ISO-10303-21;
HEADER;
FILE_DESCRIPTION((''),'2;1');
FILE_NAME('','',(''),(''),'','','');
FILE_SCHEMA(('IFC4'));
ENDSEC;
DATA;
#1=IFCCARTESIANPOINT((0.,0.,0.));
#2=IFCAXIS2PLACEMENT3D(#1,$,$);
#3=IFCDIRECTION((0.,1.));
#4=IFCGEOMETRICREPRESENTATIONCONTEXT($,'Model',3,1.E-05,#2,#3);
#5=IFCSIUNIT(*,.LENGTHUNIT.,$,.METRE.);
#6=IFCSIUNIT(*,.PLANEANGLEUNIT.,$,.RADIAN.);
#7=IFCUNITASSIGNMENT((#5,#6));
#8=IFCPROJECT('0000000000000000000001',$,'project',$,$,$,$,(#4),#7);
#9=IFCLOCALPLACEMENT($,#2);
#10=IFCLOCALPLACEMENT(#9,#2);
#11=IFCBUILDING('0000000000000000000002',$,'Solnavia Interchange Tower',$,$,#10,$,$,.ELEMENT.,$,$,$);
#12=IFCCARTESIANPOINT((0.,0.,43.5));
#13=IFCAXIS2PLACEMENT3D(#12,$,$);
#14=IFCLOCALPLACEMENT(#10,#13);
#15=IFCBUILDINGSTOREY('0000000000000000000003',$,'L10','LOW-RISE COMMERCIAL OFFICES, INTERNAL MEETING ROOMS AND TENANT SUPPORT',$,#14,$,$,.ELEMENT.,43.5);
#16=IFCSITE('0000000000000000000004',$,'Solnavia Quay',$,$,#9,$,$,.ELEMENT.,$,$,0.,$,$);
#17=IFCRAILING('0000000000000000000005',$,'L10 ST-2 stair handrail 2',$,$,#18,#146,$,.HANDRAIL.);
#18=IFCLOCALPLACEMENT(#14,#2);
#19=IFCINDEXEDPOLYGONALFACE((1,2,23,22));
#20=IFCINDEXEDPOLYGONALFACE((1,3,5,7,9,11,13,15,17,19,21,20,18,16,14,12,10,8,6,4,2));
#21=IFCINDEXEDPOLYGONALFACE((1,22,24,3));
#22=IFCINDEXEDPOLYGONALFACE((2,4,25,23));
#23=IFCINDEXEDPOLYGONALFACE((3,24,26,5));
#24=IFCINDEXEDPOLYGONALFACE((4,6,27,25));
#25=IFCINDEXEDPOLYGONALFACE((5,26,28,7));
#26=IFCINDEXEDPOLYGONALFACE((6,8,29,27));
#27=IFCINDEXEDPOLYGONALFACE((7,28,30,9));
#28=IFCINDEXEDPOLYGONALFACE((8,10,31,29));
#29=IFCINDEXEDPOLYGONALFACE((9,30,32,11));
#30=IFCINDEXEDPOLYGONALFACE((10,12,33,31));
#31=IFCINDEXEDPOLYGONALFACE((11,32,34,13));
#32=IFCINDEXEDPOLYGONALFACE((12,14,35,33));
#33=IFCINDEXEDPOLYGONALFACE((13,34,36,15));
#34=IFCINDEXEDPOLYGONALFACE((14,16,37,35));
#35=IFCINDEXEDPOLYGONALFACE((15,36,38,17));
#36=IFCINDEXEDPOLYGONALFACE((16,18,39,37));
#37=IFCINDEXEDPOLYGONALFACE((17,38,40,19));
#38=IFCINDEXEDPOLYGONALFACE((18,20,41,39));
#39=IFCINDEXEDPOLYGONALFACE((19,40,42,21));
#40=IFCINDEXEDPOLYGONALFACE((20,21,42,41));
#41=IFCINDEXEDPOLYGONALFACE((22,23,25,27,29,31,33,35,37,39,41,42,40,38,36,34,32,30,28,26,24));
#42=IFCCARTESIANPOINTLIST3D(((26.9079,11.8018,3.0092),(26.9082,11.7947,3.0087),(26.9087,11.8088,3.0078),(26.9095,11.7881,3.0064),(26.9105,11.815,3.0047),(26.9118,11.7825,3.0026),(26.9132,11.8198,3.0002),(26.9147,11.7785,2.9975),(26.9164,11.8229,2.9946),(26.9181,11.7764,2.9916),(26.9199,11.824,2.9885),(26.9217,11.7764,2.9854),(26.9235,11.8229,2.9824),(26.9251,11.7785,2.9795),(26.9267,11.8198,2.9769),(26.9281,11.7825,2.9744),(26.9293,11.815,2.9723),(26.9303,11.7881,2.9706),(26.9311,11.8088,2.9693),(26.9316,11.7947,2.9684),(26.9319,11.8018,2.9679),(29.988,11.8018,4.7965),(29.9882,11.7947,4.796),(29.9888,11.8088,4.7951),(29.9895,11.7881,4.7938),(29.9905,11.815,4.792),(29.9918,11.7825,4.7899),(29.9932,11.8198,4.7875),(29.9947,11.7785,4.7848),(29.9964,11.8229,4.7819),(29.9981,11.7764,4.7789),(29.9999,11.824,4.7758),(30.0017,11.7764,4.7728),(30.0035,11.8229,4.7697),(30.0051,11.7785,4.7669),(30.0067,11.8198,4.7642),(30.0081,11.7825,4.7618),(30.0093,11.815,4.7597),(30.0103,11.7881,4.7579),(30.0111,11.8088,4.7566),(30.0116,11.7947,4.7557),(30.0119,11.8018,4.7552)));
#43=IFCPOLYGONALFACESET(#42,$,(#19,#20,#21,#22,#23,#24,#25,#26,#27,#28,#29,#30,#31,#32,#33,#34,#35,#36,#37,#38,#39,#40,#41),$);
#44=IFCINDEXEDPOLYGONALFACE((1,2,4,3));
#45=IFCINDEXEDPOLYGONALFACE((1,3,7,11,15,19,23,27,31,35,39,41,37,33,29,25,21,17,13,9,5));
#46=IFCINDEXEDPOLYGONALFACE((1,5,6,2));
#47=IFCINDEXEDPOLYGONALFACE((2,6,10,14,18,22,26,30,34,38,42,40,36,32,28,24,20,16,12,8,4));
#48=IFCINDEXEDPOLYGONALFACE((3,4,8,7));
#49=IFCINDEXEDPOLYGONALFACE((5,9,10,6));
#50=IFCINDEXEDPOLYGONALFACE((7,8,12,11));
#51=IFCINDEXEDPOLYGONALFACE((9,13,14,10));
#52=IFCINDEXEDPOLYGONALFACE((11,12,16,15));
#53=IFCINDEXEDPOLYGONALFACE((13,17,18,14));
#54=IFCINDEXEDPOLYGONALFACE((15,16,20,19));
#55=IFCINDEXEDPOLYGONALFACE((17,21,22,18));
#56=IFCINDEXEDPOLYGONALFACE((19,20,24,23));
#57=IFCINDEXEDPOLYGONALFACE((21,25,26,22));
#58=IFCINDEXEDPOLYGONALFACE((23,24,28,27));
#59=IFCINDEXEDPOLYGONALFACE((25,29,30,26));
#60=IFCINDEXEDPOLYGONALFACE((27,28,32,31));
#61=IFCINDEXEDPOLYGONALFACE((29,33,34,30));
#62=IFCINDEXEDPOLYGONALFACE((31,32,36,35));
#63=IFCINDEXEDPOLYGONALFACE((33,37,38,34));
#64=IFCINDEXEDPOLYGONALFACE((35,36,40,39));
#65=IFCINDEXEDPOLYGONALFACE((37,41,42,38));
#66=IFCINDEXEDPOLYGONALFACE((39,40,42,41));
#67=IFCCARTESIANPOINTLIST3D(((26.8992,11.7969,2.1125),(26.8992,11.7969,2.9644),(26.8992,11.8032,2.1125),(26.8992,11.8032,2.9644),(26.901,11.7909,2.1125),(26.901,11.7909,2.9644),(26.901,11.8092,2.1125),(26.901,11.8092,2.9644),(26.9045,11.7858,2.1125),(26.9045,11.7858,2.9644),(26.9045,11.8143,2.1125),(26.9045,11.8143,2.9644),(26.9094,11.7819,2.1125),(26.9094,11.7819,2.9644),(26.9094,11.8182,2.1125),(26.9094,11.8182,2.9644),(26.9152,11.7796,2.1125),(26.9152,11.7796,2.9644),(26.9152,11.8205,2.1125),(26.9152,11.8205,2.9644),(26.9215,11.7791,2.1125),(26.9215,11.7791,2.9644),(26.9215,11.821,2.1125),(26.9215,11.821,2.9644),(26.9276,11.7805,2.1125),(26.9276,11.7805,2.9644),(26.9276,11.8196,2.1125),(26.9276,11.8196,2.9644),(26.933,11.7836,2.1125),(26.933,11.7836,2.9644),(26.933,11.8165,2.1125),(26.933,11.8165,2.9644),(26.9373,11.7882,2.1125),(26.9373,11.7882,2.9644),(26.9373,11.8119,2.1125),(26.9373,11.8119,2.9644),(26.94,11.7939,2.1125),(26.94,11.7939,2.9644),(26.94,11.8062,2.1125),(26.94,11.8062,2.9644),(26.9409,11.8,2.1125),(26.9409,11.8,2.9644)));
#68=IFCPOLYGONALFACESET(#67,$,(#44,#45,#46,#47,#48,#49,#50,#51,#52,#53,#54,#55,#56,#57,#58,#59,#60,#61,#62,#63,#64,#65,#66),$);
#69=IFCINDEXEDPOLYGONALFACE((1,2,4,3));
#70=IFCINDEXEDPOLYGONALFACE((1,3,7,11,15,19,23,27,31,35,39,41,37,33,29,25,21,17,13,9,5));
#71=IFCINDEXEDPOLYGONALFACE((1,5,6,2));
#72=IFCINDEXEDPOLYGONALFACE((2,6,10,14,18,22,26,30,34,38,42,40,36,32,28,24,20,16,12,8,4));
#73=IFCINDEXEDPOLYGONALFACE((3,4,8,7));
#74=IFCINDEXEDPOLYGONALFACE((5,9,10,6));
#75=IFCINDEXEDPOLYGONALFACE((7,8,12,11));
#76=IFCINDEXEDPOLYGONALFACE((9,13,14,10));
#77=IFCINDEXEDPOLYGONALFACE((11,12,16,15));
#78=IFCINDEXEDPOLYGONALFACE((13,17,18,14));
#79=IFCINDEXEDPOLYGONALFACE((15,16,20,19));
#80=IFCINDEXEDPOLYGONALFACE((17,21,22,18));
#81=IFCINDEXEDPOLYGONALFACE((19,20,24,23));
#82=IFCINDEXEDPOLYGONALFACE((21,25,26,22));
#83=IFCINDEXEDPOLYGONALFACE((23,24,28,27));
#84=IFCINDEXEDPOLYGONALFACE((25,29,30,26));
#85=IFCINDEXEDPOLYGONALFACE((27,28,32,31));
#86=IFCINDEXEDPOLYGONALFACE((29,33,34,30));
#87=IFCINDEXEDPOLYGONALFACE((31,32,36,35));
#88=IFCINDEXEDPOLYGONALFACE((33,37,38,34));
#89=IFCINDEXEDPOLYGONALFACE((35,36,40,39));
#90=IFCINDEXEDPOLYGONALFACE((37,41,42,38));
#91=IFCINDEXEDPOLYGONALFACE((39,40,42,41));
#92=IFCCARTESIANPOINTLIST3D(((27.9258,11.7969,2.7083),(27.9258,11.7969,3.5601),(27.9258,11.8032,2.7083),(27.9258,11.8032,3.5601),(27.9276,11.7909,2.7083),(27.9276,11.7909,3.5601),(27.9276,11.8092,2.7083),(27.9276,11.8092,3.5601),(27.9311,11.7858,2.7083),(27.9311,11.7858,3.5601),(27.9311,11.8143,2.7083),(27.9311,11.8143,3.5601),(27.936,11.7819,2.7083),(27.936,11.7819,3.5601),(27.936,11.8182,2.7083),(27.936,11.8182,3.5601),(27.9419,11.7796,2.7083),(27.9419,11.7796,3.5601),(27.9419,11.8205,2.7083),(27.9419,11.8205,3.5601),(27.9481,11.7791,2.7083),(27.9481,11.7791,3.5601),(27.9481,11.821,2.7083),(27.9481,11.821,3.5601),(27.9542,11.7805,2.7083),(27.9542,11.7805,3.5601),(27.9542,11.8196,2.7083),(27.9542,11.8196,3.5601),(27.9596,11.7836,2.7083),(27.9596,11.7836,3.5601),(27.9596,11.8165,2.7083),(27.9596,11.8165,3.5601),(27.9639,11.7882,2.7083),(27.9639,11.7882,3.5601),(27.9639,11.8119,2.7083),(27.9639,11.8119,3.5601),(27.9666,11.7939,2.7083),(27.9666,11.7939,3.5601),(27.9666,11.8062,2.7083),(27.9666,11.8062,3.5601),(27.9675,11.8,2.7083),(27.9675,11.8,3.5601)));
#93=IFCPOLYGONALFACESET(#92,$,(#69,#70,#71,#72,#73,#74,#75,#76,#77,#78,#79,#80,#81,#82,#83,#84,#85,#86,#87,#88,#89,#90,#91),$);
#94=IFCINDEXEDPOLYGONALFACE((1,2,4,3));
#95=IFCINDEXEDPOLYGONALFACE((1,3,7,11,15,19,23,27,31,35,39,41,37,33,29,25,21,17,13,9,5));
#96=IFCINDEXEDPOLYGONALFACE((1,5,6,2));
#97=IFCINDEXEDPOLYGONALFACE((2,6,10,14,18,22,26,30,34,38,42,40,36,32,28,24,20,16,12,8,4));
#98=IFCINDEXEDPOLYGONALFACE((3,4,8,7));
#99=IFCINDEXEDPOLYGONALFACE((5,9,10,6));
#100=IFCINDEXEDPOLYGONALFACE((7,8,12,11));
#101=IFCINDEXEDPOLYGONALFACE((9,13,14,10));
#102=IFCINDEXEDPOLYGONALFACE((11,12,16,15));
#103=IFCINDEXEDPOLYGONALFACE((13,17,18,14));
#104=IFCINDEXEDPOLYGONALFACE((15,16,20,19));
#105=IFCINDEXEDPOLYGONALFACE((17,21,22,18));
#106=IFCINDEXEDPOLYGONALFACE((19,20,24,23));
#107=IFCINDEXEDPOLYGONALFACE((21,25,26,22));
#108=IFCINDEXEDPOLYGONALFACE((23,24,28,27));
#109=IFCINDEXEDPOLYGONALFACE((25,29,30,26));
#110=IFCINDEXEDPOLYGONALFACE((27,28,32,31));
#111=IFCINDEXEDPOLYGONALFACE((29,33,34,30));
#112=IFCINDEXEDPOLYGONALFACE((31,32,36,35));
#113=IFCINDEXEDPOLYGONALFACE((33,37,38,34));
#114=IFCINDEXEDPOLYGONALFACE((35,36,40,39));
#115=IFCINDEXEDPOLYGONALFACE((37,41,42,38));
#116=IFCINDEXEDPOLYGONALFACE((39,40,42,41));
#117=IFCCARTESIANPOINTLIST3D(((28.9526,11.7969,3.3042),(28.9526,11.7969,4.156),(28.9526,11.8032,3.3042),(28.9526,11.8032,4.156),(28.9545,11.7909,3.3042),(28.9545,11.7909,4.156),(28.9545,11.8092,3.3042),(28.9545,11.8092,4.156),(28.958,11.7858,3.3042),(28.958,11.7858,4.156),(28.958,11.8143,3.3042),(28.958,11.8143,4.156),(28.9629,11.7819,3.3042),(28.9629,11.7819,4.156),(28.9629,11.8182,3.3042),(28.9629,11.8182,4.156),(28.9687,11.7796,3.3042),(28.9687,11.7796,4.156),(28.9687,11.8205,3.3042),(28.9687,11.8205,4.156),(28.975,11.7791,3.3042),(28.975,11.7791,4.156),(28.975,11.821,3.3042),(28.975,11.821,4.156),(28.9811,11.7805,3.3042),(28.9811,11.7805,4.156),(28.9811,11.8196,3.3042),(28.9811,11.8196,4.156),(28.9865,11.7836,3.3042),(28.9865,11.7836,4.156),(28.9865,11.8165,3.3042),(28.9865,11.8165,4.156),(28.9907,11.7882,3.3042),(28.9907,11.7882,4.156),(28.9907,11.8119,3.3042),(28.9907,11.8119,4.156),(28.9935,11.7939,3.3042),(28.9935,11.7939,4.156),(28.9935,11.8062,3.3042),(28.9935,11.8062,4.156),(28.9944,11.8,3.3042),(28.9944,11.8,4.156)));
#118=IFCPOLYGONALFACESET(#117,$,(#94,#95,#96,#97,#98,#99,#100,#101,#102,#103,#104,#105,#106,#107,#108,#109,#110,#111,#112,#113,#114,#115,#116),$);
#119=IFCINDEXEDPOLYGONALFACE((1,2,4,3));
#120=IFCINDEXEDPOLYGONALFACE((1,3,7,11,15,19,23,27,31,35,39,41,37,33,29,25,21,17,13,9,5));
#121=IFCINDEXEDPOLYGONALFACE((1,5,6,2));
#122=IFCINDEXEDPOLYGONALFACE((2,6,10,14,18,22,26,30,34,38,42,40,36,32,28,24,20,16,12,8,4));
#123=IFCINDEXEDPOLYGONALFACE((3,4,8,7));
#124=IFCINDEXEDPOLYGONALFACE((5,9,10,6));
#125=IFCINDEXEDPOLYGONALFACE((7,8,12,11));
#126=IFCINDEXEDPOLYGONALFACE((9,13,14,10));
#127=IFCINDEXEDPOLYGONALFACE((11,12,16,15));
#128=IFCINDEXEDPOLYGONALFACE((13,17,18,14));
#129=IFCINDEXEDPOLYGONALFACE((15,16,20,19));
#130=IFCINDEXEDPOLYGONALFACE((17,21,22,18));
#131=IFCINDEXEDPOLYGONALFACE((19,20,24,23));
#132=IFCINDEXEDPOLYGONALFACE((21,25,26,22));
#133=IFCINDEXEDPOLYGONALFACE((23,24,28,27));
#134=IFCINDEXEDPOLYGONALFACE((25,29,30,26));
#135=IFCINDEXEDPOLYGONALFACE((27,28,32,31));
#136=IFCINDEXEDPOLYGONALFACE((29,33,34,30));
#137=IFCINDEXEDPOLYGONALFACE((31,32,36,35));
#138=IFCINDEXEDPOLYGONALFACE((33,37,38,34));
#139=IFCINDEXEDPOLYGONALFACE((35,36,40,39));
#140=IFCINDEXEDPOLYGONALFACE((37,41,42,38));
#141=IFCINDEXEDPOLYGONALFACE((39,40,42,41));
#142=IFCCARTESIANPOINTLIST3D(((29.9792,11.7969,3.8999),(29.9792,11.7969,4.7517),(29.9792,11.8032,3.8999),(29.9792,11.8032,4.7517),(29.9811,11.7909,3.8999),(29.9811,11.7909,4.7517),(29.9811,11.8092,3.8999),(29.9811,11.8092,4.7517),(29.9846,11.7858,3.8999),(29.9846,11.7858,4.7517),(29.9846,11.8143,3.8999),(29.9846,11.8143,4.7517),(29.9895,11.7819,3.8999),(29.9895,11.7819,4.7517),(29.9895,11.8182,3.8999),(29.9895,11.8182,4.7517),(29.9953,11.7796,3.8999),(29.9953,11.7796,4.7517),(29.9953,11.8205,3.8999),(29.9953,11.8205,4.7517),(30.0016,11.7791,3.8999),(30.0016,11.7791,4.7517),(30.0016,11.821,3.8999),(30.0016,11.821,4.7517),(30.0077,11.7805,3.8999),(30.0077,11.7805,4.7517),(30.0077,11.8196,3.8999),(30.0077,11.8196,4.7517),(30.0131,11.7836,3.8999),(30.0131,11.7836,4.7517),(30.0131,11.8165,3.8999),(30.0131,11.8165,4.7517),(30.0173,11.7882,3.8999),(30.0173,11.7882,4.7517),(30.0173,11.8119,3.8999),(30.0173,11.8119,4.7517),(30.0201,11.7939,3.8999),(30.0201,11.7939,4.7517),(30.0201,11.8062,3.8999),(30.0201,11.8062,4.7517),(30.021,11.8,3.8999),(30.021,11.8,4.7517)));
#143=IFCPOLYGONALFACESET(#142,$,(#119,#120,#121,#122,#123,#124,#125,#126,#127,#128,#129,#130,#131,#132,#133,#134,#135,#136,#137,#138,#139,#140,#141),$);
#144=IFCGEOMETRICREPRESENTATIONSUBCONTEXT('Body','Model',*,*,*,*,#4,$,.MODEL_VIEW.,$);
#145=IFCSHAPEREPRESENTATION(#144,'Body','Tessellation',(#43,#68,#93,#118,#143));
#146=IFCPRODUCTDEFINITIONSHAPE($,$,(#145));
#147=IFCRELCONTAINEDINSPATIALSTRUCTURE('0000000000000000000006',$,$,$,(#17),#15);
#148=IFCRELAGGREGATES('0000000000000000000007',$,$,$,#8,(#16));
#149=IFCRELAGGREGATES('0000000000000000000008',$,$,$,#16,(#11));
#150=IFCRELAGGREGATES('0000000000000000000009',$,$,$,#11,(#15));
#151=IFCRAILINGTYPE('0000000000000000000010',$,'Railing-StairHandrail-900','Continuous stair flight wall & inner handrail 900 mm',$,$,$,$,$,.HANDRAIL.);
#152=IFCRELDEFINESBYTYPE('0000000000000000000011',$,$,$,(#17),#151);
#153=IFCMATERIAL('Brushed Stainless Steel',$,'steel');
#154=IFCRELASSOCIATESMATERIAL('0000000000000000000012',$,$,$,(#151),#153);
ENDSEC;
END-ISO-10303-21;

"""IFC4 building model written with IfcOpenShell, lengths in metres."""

from ifc_helpers import new_model, si_unit, direction, frame, origin, origin_2d, place, context, subcontext, project, spatial, circle, extrude, material, type_object, element, save


model = new_model("IFC4")

# Units and contexts
model_context = context("Model", 3, precision=1e-05, world=origin(), true_north=direction((0.0, 1.0)))
body_context = subcontext(model_context, "Body", "Model", "MODEL_VIEW")
ifc_project = project(units=[si_unit("LENGTHUNIT", "METRE"), si_unit("PLANEANGLEUNIT", "RADIAN")], contexts=[model_context])

# Site, building, storey
site_placement = place(None, origin())
site = spatial("IfcSite", under=ifc_project, at=site_placement, Name="Solnavia Quay", CompositionType="ELEMENT", RefElevation=0.0)
building_placement = place(site_placement, origin())
building = spatial("IfcBuilding", under=site, at=building_placement, Name="Solnavia Interchange Tower", CompositionType="ELEMENT")
storey_placement = place(building_placement, frame((0.0, 0.0, 43.5)))
storey = spatial("IfcBuildingStorey", under=building, at=storey_placement, Name="L10", Description="LOW-RISE COMMERCIAL OFFICES, INTERNAL MEETING ROOMS AND TENANT SUPPORT", CompositionType="ELEMENT", Elevation=43.5)

# Railing
ifc_material_1 = material(Name="Brushed Stainless Steel", Category="steel")
railing_type_1 = type_object("IfcRailingType", Name="Railing-StairHandrail-900", Description="Continuous stair flight wall & inner handrail 900 mm", PredefinedType="HANDRAIL", material=ifc_material_1)
railing_1_placement = place(storey_placement, frame((26.9199, 11.8, 2.1125)))
element("IfcRailing", 1, at=railing_1_placement, inside=storey, type_object=railing_type_1, Name="L10 ST-2 stair handrail 2", PredefinedType="HANDRAIL", context=body_context, shape_type="SweptSolid", body=[
    extrude(circle(Radius=0.0239, at=origin_2d()), frame((0.0, 0.0, 0.876), z_axis=(0.86492, 0.0, 0.501909), x_axis=(0.0, 1.0, 0.0)), (0.0, 0.0, 1.0), 3.561),
    extrude(circle(Radius=0.021, at=origin_2d()), origin(), (0.0, 0.0, 1.0), 0.8518),
    extrude(circle(Radius=0.021, at=origin_2d()), frame((1.0266, 0.0, 0.5957)), (0.0, 0.0, 1.0), 0.8518),
    extrude(circle(Radius=0.021, at=origin_2d()), frame((2.0535, 0.0, 1.1917)), (0.0, 0.0, 1.0), 0.8518),
    extrude(circle(Radius=0.021, at=origin_2d()), frame((3.0801, 0.0, 1.7874)), (0.0, 0.0, 1.0), 0.8518),
])

save(model, "model.ifc")
